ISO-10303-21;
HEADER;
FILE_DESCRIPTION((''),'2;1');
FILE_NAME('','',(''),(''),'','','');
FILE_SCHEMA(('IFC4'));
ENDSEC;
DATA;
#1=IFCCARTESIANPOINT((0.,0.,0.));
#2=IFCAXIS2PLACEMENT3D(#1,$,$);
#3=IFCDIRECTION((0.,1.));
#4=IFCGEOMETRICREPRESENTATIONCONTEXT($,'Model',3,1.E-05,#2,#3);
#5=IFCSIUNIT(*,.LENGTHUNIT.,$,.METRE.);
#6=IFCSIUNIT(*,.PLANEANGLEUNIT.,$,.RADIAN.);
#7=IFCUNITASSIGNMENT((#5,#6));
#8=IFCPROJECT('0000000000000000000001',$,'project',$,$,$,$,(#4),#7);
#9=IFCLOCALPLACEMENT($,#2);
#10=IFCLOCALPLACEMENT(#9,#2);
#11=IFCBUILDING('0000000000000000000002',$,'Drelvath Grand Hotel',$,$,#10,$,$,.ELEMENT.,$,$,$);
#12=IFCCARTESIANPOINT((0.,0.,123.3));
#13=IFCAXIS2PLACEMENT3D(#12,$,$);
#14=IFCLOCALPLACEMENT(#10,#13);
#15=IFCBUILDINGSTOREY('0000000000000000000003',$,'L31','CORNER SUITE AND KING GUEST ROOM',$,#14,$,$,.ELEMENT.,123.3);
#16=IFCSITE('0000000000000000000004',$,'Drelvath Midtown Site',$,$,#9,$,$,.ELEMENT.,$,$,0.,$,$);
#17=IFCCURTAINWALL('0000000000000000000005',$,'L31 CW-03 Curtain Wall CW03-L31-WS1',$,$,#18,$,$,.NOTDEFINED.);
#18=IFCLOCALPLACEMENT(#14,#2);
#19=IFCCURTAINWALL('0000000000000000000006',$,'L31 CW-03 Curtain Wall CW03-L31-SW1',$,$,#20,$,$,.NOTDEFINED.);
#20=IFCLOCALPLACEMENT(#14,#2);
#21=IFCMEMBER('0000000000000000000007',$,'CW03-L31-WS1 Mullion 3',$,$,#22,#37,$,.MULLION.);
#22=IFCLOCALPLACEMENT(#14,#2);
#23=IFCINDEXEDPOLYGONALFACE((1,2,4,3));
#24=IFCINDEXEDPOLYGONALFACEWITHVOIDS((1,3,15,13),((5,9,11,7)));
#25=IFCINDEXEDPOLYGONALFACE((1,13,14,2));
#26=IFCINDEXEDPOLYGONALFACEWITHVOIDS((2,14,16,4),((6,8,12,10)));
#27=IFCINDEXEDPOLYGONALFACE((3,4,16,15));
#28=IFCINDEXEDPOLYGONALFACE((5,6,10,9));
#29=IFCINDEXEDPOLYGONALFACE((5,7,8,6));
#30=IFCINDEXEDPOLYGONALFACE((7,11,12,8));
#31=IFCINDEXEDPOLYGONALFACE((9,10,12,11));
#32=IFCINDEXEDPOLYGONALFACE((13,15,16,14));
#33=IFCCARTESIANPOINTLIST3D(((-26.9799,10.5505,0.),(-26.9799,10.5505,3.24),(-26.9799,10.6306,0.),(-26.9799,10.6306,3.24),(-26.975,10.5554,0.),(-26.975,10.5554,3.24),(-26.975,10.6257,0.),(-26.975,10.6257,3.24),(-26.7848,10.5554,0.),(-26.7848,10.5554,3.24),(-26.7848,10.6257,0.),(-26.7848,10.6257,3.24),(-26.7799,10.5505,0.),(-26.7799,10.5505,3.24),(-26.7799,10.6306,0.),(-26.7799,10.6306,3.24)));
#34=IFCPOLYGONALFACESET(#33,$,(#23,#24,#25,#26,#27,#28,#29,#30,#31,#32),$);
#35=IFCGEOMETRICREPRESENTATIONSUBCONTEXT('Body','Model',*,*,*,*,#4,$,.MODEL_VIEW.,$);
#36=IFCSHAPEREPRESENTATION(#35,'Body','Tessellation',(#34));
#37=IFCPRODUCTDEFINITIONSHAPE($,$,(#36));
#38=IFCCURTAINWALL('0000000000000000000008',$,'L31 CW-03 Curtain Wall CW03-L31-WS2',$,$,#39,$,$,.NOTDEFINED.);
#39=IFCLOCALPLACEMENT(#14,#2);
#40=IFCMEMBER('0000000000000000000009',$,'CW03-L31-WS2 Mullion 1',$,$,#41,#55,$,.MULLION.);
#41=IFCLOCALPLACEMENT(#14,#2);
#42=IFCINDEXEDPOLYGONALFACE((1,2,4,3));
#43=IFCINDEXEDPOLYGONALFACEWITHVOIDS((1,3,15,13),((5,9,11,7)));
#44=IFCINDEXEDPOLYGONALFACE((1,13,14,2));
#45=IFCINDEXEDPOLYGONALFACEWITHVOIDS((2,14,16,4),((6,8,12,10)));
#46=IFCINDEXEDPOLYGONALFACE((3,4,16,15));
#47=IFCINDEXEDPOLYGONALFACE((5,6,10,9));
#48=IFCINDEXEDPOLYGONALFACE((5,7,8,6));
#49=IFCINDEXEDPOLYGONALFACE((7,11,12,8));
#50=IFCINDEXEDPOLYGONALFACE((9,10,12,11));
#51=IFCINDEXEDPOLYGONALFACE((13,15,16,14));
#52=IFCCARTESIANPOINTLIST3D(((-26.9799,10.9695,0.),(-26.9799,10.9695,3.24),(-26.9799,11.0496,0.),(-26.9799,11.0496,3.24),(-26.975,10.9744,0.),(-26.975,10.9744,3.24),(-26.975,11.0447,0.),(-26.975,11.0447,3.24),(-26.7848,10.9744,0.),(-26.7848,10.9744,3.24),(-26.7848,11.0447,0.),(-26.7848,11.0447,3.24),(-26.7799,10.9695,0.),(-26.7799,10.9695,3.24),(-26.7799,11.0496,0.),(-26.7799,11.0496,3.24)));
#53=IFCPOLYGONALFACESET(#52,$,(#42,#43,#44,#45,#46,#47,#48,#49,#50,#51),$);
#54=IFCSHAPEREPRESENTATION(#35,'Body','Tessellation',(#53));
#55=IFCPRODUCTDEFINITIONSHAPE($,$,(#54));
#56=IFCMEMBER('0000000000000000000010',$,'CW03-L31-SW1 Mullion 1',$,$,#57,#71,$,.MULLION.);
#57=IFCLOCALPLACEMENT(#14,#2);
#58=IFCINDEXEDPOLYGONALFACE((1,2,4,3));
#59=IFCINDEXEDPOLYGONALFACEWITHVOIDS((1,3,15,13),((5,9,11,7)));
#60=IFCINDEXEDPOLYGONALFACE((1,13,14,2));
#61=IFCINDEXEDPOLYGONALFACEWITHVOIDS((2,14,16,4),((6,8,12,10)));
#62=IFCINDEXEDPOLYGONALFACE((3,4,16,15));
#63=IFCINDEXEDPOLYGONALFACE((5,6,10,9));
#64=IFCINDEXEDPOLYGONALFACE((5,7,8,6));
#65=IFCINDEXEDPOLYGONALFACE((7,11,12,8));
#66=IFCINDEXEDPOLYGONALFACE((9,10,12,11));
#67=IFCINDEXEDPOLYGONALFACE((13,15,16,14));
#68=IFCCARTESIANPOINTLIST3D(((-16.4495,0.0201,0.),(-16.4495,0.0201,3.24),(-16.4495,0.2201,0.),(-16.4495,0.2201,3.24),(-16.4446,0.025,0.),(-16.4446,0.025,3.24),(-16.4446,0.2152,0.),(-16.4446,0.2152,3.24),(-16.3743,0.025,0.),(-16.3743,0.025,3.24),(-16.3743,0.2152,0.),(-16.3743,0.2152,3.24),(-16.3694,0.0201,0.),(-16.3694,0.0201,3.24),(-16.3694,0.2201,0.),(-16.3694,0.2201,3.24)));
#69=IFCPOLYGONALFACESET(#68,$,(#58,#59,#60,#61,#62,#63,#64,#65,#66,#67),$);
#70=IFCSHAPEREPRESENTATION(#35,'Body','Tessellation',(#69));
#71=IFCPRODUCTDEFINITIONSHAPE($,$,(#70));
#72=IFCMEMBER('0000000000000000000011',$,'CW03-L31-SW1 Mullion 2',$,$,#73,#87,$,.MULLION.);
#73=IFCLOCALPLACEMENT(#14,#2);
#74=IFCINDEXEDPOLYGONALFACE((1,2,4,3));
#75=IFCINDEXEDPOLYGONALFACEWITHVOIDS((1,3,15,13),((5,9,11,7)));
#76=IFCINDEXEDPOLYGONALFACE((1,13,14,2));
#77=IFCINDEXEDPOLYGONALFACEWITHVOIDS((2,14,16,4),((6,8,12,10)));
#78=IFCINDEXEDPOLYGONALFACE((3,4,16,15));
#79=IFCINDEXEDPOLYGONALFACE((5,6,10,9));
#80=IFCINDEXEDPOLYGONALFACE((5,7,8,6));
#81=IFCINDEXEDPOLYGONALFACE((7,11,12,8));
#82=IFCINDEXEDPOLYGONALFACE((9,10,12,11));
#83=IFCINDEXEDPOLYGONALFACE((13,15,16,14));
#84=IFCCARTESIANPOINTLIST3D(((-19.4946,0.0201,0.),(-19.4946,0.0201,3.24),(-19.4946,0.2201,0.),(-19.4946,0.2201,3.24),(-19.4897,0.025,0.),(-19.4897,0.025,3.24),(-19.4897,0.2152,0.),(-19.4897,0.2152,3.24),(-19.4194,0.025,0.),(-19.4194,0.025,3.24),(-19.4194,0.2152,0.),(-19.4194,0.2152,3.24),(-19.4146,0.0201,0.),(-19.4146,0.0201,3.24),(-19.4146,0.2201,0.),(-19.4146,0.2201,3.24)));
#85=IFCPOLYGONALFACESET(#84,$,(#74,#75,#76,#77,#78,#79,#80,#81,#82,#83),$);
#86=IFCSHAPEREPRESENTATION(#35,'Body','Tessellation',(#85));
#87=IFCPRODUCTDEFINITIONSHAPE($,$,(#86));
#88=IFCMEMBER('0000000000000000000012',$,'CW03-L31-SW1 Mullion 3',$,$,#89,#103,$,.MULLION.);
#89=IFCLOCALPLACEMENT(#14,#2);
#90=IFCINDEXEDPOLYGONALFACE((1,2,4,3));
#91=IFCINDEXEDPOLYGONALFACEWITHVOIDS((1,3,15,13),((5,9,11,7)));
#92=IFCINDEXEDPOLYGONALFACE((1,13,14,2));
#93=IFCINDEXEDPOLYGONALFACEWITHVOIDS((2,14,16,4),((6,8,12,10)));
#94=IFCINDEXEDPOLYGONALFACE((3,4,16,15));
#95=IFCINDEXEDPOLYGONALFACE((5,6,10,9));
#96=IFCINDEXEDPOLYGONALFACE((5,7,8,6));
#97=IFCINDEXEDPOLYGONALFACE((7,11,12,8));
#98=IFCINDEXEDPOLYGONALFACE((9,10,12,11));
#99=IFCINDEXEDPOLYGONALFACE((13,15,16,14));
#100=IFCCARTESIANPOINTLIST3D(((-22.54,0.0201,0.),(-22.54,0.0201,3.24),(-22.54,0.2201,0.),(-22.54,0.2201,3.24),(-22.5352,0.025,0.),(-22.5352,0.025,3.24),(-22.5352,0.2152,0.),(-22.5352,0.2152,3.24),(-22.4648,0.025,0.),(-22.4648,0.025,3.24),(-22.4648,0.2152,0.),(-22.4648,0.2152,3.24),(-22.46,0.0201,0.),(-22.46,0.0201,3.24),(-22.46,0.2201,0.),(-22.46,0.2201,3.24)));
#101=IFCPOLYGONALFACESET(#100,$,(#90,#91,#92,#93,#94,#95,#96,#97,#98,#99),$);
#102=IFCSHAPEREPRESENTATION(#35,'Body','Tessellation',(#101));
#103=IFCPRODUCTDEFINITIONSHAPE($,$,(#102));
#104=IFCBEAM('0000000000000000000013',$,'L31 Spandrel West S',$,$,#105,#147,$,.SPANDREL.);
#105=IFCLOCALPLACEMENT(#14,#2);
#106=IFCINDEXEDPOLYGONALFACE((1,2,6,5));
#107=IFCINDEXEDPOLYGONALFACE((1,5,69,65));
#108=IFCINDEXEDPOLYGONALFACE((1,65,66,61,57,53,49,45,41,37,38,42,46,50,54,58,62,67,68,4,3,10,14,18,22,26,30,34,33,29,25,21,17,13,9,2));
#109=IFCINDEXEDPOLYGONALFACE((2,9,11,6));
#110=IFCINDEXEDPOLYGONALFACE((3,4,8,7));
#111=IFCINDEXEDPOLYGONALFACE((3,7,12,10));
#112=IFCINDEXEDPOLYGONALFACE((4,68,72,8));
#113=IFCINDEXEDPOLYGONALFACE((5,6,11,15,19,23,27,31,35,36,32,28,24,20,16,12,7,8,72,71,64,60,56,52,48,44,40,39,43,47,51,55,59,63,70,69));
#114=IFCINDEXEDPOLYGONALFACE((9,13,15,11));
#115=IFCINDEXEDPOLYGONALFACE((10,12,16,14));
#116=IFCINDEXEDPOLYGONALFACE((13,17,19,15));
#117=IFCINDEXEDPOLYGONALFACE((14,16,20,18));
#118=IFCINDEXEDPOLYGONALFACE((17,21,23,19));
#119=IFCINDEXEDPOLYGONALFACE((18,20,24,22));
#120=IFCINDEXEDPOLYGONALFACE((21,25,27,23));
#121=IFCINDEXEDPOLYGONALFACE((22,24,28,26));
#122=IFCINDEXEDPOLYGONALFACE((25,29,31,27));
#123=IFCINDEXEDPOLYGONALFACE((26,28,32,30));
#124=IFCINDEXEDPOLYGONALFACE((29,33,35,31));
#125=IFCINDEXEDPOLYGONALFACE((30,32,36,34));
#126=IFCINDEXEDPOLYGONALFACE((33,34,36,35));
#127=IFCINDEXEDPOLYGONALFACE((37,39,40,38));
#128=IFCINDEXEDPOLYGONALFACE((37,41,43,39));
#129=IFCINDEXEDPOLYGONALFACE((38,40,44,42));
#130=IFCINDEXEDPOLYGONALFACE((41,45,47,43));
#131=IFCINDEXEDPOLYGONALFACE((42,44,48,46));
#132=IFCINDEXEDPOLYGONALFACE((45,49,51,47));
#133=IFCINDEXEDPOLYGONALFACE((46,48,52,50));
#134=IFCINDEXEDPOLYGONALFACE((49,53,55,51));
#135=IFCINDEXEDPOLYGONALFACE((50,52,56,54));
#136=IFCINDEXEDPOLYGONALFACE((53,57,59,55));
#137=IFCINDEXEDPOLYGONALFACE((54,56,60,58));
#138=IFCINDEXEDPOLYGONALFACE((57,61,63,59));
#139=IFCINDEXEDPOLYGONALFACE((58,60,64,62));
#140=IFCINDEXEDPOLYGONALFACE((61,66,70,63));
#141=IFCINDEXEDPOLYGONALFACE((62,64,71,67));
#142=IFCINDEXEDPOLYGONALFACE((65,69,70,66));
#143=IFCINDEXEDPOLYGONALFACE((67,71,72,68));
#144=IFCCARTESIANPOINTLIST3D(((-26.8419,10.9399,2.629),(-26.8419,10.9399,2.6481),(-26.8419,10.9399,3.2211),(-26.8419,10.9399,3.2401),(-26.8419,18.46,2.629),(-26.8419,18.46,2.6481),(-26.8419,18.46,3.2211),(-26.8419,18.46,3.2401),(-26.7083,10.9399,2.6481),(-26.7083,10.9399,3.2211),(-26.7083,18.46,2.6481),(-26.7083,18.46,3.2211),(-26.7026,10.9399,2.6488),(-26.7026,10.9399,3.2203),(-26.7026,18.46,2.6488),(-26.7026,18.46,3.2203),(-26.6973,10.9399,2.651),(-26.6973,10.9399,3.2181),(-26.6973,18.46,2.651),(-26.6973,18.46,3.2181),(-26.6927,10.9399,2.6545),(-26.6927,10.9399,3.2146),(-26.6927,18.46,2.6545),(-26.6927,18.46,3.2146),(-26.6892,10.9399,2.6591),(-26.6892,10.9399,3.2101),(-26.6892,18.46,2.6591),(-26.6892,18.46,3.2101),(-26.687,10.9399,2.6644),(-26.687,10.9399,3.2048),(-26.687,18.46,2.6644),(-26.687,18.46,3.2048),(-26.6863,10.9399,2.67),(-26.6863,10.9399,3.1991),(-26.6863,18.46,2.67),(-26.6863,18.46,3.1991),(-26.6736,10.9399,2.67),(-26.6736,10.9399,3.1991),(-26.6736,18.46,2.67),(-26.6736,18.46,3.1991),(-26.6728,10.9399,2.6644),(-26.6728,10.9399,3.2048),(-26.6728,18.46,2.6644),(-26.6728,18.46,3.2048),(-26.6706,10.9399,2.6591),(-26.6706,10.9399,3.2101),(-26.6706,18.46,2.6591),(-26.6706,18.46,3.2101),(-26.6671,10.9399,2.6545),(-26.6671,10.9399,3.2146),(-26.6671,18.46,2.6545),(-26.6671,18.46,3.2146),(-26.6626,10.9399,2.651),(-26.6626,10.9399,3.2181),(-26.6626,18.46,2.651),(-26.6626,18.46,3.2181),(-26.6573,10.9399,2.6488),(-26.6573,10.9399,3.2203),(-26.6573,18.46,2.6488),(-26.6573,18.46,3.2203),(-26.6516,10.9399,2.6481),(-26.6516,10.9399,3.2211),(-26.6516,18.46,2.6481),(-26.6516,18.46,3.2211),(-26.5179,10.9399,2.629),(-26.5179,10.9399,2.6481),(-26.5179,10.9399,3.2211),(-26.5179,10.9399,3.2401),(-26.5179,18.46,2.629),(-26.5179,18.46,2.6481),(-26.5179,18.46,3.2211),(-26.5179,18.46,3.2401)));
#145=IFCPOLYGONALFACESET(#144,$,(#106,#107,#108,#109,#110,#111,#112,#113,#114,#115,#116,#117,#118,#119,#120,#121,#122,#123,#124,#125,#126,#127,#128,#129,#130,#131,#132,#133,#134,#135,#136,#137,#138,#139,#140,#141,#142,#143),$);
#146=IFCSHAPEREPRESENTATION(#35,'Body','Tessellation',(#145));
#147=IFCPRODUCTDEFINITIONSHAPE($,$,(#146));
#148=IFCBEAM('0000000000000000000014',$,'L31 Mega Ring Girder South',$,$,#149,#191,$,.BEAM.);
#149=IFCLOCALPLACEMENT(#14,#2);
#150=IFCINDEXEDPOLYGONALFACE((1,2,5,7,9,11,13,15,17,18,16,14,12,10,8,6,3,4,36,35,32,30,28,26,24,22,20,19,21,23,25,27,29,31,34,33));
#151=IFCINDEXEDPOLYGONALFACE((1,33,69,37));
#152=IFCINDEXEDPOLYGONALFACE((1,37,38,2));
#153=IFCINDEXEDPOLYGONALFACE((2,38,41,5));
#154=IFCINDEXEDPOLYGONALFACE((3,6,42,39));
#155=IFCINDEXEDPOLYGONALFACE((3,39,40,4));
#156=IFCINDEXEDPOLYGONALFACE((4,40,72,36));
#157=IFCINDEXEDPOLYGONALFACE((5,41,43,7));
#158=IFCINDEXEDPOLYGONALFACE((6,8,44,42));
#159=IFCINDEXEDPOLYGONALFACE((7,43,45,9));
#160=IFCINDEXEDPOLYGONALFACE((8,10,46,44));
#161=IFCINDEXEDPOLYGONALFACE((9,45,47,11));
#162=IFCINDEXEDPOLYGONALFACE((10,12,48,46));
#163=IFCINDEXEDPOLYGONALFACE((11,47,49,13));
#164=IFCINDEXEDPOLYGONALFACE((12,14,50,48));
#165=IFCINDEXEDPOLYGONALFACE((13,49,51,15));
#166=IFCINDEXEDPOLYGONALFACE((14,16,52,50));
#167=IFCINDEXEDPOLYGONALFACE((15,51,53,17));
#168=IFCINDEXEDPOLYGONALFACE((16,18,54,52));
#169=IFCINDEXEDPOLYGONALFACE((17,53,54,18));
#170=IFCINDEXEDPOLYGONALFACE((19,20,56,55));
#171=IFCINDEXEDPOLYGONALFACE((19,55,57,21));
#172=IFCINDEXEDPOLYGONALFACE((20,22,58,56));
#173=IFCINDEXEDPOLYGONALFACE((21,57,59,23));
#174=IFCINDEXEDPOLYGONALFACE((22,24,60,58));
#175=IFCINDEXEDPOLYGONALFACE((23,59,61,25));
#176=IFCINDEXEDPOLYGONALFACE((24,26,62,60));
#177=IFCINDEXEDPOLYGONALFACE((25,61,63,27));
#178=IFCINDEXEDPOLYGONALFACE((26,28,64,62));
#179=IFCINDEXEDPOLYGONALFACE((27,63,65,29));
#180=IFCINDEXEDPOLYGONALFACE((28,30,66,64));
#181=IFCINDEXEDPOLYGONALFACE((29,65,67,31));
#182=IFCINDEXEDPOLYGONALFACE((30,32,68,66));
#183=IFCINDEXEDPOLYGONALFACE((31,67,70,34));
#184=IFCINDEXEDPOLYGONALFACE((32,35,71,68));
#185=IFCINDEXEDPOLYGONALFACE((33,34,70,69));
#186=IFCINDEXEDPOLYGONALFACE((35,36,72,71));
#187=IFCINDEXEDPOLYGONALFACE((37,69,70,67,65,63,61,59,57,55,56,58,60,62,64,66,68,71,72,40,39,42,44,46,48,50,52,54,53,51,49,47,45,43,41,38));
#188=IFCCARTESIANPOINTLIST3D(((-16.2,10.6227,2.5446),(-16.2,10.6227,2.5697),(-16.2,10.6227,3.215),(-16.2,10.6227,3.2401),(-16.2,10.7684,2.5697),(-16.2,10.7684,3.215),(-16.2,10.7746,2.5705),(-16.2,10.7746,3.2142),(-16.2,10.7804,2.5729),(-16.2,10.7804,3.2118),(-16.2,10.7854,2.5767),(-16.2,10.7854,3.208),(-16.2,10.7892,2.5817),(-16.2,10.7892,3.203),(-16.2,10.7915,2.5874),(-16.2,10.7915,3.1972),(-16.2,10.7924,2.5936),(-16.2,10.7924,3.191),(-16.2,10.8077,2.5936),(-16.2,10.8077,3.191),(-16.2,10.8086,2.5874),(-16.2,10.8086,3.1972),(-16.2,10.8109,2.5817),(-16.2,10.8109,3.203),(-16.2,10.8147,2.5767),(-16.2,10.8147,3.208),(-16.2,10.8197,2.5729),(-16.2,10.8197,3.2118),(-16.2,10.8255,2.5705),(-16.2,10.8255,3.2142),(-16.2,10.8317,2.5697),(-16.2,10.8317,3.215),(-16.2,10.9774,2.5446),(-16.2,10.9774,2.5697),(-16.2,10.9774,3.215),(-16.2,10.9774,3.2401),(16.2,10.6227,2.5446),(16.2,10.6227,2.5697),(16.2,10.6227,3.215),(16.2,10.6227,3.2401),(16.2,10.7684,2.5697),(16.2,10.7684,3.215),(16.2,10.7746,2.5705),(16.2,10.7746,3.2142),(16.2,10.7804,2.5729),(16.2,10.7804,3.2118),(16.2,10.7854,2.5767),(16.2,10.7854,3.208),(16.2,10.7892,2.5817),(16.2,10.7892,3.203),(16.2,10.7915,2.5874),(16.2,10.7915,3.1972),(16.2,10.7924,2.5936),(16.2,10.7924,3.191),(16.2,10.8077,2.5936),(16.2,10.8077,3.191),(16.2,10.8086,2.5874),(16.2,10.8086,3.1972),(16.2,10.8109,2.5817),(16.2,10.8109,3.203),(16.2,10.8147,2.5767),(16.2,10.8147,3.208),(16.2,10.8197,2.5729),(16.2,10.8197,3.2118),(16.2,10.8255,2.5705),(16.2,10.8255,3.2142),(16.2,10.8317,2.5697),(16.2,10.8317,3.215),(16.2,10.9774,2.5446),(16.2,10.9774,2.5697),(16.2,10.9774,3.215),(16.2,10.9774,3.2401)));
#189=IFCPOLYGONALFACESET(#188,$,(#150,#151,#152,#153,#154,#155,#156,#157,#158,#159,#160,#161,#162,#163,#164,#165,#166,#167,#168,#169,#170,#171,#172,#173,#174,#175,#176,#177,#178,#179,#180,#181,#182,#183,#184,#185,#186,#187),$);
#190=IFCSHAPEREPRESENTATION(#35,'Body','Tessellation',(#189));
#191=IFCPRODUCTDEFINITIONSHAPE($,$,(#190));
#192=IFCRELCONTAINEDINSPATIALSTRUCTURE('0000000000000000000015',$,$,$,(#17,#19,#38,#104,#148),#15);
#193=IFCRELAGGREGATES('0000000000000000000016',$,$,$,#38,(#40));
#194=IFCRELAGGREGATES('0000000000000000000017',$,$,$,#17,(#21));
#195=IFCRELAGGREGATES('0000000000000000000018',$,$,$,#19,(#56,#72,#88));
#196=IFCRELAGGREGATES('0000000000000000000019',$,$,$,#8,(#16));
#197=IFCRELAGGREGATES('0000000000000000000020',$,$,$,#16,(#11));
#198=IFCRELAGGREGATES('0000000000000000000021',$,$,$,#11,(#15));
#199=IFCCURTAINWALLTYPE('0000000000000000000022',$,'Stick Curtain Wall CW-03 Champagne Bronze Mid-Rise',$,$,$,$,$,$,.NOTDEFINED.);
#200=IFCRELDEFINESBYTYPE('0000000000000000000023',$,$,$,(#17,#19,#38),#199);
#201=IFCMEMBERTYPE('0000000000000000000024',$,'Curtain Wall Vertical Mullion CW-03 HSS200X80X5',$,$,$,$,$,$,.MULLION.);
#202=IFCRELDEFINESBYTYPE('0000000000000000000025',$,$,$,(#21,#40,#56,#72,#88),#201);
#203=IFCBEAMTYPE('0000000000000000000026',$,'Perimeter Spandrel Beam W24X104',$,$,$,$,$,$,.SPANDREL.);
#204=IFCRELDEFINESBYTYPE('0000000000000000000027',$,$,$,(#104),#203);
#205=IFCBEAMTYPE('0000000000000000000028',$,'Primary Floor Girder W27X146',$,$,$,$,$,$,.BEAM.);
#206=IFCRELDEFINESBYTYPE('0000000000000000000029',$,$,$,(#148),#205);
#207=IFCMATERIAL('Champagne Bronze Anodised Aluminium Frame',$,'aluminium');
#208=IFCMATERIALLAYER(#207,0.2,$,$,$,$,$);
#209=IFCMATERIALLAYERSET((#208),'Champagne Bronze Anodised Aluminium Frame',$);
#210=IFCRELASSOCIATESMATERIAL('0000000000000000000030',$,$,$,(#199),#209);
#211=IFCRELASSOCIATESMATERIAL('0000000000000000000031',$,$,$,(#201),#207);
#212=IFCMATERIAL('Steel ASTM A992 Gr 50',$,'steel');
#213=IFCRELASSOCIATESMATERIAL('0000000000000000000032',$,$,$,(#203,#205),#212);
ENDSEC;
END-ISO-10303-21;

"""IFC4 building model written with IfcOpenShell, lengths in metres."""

from ifc_helpers import new_model, si_unit, direction, frame, origin, origin_2d, place, context, subcontext, project, spatial, hollow_rectangle, i_section, extrude, material, layer, layer_set, material_profile, profile_set, type_object, element, aggregate, save


model = new_model("IFC4")

# Units and contexts
model_context = context("Model", 3, precision=1e-05, world=origin(), true_north=direction((0.0, 1.0)))
body_context = subcontext(model_context, "Body", "Model", "MODEL_VIEW")
ifc_project = project(units=[si_unit("LENGTHUNIT", "METRE"), si_unit("PLANEANGLEUNIT", "RADIAN")], contexts=[model_context])

# Site, building, storey
site_placement = place(None, origin())
site = spatial("IfcSite", under=ifc_project, at=site_placement, Name="Drelvath Midtown Site", CompositionType="ELEMENT", RefElevation=0.0)
building_placement = place(site_placement, origin())
building = spatial("IfcBuilding", under=site, at=building_placement, Name="Drelvath Grand Hotel", CompositionType="ELEMENT")
storey_placement = place(building_placement, frame((0.0, 0.0, 123.3)))
storey = spatial("IfcBuildingStorey", under=building, at=storey_placement, Name="L31", Description="CORNER SUITE AND KING GUEST ROOM", CompositionType="ELEMENT", Elevation=123.3)

# Curtain walls
ifc_material_1 = material(Name="Champagne Bronze Anodised Aluminium Frame", Category="aluminium")
ifc_layer_1 = layer(ifc_material_1, 0.2)
ifc_layer_set_1 = layer_set([ifc_layer_1], Name="Champagne Bronze Anodised Aluminium Frame")
curtain_wall_type = type_object("IfcCurtainWallType", Name="Stick Curtain Wall CW-03 Champagne Bronze Mid-Rise", PredefinedType="NOTDEFINED", material=ifc_layer_set_1)
curtain_wall_1_placement = place(storey_placement, origin())
curtain_wall_1 = element("IfcCurtainWall", 1, at=curtain_wall_1_placement, inside=storey, type_object=curtain_wall_type, Name="L31 CW-03 Curtain Wall CW03-L31-WS1", PredefinedType="NOTDEFINED")
curtain_wall_2_placement = place(storey_placement, origin())
curtain_wall_2 = element("IfcCurtainWall", 2, at=curtain_wall_2_placement, inside=storey, type_object=curtain_wall_type, Name="L31 CW-03 Curtain Wall CW03-L31-SW1", PredefinedType="NOTDEFINED")

# Member
ifc_material_profile_1 = material_profile(ifc_material_1, hollow_rectangle(XDim=0.0801, YDim=0.2, WallThickness=0.0049, at=origin_2d()), Name="HSS200X80X5")
ifc_profile_set_1 = profile_set([ifc_material_profile_1], Name="Champagne Bronze Anodised Aluminium Frame")
member_type_1 = type_object("IfcMemberType", Name="Curtain Wall Vertical Mullion CW-03 HSS200X80X5", PredefinedType="MULLION", material=ifc_profile_set_1)
member_1_placement = place(storey_placement, frame((-26.8799, 10.5906, 0.0), z_axis=(0.0, 0.0, 1.0), x_axis=(0.0, 1.0, 0.0)))
member_1 = element("IfcMember", 3, at=member_1_placement, type_object=member_type_1, Name="CW03-L31-WS1 Mullion 3", PredefinedType="MULLION", context=body_context, shape_type="SweptSolid", body=[
    extrude(hollow_rectangle(XDim=0.0801, YDim=0.2, WallThickness=0.0049, at=origin_2d()), origin(), (0.0, 0.0, 1.0), 3.24),
])

# Curtain wall, member
curtain_wall_3_placement = place(storey_placement, origin())
curtain_wall_3 = element("IfcCurtainWall", 4, at=curtain_wall_3_placement, inside=storey, type_object=curtain_wall_type, Name="L31 CW-03 Curtain Wall CW03-L31-WS2", PredefinedType="NOTDEFINED")
member_2_placement = place(storey_placement, frame((-26.8799, 11.0095, 0.0), z_axis=(0.0, 0.0, 1.0), x_axis=(0.0, 1.0, 0.0)))
member_2 = element("IfcMember", 5, at=member_2_placement, type_object=member_type_1, Name="CW03-L31-WS2 Mullion 1", PredefinedType="MULLION", context=body_context, shape_type="SweptSolid", body=[
    extrude(hollow_rectangle(XDim=0.0801, YDim=0.2, WallThickness=0.0049, at=origin_2d()), origin(), (0.0, 0.0, 1.0), 3.24),
])
aggregate(curtain_wall_3, [member_2])

# Members
member_3_placement = place(storey_placement, frame((-16.4094, 0.1201, 0.0), z_axis=(0.0, 0.0, 1.0), x_axis=(1.0, 0.0, 0.0)))
member_3 = element("IfcMember", 6, at=member_3_placement, type_object=member_type_1, Name="CW03-L31-SW1 Mullion 1", PredefinedType="MULLION", context=body_context, shape_type="SweptSolid", body=[
    extrude(hollow_rectangle(XDim=0.0801, YDim=0.2, WallThickness=0.0049, at=origin_2d()), origin(), (0.0, 0.0, 1.0), 3.24),
])
member_4_placement = place(storey_placement, frame((-19.4546, 0.1201, 0.0), z_axis=(0.0, 0.0, 1.0), x_axis=(1.0, 0.0, 0.0)))
member_4 = element("IfcMember", 7, at=member_4_placement, type_object=member_type_1, Name="CW03-L31-SW1 Mullion 2", PredefinedType="MULLION", context=body_context, shape_type="SweptSolid", body=[
    extrude(hollow_rectangle(XDim=0.0801, YDim=0.2, WallThickness=0.0049, at=origin_2d()), origin(), (0.0, 0.0, 1.0), 3.24),
])
member_5_placement = place(storey_placement, frame((-22.5, 0.1201, 0.0), z_axis=(0.0, 0.0, 1.0), x_axis=(1.0, 0.0, 0.0)))
member_5 = element("IfcMember", 8, at=member_5_placement, type_object=member_type_1, Name="CW03-L31-SW1 Mullion 3", PredefinedType="MULLION", context=body_context, shape_type="SweptSolid", body=[
    extrude(hollow_rectangle(XDim=0.0801, YDim=0.2, WallThickness=0.0049, at=origin_2d()), origin(), (0.0, 0.0, 1.0), 3.24),
])

# Beams
ifc_material_2 = material(Name="Steel ASTM A992 Gr 50", Category="steel")
ifc_material_profile_2 = material_profile(ifc_material_2, i_section(OverallWidth=0.324, OverallDepth=0.6111, WebThickness=0.0127, FlangeThickness=0.019, FilletRadius=0.022, at=origin_2d()), Name="W24X104")
ifc_profile_set_2 = profile_set([ifc_material_profile_2], Name="Steel ASTM A992 Gr 50")
beam_type_1 = type_object("IfcBeamType", Name="Perimeter Spandrel Beam W24X104", PredefinedType="SPANDREL", material=ifc_profile_set_2)
beam_placement = place(storey_placement, frame((-26.6799, 10.9399, 2.9346), z_axis=(0.0, 1.0, 0.0), x_axis=(-1.0, 0.0, 0.0)))
element("IfcBeam", 9, at=beam_placement, inside=storey, type_object=beam_type_1, Name="L31 Spandrel West S", PredefinedType="SPANDREL", context=body_context, shape_type="SweptSolid", body=[
    extrude(i_section(OverallWidth=0.324, OverallDepth=0.6111, WebThickness=0.0127, FlangeThickness=0.019, FilletRadius=0.022, at=origin_2d()), origin(), (0.0, 0.0, 1.0), 7.52),
])
ifc_material_profile_3 = material_profile(ifc_material_2, i_section(OverallWidth=0.3547, OverallDepth=0.6956, WebThickness=0.0154, FlangeThickness=0.0251, FilletRadius=0.0239, at=origin_2d()), Name="W27X146")
ifc_profile_set_3 = profile_set([ifc_material_profile_3], Name="Steel ASTM A992 Gr 50")
beam_type_2 = type_object("IfcBeamType", Name="Primary Floor Girder W27X146", PredefinedType="BEAM", material=ifc_profile_set_3)
for number, where, z_axis, x_axis, name in (
    (10, (-16.2, 10.8, 2.8923), (1.0, 0.0, 0.0), (0.0, 1.0, 0.0), "L31 Mega Ring Girder South"),
):
    element("IfcBeam", number, at=place(storey_placement, frame(where, z_axis=z_axis, x_axis=x_axis)), inside=storey, type_object=beam_type_2, Name=name, PredefinedType="BEAM", context=body_context, shape_type="SweptSolid", body=[
        extrude(i_section(OverallWidth=0.3547, OverallDepth=0.6956, WebThickness=0.0154, FlangeThickness=0.0251, FilletRadius=0.0239, at=origin_2d()), origin(), (0.0, 0.0, 1.0), 32.3999),
    ])

aggregate(curtain_wall_1, [member_1])
aggregate(curtain_wall_2, [member_3, member_4, member_5])

save(model, "model.ifc")
